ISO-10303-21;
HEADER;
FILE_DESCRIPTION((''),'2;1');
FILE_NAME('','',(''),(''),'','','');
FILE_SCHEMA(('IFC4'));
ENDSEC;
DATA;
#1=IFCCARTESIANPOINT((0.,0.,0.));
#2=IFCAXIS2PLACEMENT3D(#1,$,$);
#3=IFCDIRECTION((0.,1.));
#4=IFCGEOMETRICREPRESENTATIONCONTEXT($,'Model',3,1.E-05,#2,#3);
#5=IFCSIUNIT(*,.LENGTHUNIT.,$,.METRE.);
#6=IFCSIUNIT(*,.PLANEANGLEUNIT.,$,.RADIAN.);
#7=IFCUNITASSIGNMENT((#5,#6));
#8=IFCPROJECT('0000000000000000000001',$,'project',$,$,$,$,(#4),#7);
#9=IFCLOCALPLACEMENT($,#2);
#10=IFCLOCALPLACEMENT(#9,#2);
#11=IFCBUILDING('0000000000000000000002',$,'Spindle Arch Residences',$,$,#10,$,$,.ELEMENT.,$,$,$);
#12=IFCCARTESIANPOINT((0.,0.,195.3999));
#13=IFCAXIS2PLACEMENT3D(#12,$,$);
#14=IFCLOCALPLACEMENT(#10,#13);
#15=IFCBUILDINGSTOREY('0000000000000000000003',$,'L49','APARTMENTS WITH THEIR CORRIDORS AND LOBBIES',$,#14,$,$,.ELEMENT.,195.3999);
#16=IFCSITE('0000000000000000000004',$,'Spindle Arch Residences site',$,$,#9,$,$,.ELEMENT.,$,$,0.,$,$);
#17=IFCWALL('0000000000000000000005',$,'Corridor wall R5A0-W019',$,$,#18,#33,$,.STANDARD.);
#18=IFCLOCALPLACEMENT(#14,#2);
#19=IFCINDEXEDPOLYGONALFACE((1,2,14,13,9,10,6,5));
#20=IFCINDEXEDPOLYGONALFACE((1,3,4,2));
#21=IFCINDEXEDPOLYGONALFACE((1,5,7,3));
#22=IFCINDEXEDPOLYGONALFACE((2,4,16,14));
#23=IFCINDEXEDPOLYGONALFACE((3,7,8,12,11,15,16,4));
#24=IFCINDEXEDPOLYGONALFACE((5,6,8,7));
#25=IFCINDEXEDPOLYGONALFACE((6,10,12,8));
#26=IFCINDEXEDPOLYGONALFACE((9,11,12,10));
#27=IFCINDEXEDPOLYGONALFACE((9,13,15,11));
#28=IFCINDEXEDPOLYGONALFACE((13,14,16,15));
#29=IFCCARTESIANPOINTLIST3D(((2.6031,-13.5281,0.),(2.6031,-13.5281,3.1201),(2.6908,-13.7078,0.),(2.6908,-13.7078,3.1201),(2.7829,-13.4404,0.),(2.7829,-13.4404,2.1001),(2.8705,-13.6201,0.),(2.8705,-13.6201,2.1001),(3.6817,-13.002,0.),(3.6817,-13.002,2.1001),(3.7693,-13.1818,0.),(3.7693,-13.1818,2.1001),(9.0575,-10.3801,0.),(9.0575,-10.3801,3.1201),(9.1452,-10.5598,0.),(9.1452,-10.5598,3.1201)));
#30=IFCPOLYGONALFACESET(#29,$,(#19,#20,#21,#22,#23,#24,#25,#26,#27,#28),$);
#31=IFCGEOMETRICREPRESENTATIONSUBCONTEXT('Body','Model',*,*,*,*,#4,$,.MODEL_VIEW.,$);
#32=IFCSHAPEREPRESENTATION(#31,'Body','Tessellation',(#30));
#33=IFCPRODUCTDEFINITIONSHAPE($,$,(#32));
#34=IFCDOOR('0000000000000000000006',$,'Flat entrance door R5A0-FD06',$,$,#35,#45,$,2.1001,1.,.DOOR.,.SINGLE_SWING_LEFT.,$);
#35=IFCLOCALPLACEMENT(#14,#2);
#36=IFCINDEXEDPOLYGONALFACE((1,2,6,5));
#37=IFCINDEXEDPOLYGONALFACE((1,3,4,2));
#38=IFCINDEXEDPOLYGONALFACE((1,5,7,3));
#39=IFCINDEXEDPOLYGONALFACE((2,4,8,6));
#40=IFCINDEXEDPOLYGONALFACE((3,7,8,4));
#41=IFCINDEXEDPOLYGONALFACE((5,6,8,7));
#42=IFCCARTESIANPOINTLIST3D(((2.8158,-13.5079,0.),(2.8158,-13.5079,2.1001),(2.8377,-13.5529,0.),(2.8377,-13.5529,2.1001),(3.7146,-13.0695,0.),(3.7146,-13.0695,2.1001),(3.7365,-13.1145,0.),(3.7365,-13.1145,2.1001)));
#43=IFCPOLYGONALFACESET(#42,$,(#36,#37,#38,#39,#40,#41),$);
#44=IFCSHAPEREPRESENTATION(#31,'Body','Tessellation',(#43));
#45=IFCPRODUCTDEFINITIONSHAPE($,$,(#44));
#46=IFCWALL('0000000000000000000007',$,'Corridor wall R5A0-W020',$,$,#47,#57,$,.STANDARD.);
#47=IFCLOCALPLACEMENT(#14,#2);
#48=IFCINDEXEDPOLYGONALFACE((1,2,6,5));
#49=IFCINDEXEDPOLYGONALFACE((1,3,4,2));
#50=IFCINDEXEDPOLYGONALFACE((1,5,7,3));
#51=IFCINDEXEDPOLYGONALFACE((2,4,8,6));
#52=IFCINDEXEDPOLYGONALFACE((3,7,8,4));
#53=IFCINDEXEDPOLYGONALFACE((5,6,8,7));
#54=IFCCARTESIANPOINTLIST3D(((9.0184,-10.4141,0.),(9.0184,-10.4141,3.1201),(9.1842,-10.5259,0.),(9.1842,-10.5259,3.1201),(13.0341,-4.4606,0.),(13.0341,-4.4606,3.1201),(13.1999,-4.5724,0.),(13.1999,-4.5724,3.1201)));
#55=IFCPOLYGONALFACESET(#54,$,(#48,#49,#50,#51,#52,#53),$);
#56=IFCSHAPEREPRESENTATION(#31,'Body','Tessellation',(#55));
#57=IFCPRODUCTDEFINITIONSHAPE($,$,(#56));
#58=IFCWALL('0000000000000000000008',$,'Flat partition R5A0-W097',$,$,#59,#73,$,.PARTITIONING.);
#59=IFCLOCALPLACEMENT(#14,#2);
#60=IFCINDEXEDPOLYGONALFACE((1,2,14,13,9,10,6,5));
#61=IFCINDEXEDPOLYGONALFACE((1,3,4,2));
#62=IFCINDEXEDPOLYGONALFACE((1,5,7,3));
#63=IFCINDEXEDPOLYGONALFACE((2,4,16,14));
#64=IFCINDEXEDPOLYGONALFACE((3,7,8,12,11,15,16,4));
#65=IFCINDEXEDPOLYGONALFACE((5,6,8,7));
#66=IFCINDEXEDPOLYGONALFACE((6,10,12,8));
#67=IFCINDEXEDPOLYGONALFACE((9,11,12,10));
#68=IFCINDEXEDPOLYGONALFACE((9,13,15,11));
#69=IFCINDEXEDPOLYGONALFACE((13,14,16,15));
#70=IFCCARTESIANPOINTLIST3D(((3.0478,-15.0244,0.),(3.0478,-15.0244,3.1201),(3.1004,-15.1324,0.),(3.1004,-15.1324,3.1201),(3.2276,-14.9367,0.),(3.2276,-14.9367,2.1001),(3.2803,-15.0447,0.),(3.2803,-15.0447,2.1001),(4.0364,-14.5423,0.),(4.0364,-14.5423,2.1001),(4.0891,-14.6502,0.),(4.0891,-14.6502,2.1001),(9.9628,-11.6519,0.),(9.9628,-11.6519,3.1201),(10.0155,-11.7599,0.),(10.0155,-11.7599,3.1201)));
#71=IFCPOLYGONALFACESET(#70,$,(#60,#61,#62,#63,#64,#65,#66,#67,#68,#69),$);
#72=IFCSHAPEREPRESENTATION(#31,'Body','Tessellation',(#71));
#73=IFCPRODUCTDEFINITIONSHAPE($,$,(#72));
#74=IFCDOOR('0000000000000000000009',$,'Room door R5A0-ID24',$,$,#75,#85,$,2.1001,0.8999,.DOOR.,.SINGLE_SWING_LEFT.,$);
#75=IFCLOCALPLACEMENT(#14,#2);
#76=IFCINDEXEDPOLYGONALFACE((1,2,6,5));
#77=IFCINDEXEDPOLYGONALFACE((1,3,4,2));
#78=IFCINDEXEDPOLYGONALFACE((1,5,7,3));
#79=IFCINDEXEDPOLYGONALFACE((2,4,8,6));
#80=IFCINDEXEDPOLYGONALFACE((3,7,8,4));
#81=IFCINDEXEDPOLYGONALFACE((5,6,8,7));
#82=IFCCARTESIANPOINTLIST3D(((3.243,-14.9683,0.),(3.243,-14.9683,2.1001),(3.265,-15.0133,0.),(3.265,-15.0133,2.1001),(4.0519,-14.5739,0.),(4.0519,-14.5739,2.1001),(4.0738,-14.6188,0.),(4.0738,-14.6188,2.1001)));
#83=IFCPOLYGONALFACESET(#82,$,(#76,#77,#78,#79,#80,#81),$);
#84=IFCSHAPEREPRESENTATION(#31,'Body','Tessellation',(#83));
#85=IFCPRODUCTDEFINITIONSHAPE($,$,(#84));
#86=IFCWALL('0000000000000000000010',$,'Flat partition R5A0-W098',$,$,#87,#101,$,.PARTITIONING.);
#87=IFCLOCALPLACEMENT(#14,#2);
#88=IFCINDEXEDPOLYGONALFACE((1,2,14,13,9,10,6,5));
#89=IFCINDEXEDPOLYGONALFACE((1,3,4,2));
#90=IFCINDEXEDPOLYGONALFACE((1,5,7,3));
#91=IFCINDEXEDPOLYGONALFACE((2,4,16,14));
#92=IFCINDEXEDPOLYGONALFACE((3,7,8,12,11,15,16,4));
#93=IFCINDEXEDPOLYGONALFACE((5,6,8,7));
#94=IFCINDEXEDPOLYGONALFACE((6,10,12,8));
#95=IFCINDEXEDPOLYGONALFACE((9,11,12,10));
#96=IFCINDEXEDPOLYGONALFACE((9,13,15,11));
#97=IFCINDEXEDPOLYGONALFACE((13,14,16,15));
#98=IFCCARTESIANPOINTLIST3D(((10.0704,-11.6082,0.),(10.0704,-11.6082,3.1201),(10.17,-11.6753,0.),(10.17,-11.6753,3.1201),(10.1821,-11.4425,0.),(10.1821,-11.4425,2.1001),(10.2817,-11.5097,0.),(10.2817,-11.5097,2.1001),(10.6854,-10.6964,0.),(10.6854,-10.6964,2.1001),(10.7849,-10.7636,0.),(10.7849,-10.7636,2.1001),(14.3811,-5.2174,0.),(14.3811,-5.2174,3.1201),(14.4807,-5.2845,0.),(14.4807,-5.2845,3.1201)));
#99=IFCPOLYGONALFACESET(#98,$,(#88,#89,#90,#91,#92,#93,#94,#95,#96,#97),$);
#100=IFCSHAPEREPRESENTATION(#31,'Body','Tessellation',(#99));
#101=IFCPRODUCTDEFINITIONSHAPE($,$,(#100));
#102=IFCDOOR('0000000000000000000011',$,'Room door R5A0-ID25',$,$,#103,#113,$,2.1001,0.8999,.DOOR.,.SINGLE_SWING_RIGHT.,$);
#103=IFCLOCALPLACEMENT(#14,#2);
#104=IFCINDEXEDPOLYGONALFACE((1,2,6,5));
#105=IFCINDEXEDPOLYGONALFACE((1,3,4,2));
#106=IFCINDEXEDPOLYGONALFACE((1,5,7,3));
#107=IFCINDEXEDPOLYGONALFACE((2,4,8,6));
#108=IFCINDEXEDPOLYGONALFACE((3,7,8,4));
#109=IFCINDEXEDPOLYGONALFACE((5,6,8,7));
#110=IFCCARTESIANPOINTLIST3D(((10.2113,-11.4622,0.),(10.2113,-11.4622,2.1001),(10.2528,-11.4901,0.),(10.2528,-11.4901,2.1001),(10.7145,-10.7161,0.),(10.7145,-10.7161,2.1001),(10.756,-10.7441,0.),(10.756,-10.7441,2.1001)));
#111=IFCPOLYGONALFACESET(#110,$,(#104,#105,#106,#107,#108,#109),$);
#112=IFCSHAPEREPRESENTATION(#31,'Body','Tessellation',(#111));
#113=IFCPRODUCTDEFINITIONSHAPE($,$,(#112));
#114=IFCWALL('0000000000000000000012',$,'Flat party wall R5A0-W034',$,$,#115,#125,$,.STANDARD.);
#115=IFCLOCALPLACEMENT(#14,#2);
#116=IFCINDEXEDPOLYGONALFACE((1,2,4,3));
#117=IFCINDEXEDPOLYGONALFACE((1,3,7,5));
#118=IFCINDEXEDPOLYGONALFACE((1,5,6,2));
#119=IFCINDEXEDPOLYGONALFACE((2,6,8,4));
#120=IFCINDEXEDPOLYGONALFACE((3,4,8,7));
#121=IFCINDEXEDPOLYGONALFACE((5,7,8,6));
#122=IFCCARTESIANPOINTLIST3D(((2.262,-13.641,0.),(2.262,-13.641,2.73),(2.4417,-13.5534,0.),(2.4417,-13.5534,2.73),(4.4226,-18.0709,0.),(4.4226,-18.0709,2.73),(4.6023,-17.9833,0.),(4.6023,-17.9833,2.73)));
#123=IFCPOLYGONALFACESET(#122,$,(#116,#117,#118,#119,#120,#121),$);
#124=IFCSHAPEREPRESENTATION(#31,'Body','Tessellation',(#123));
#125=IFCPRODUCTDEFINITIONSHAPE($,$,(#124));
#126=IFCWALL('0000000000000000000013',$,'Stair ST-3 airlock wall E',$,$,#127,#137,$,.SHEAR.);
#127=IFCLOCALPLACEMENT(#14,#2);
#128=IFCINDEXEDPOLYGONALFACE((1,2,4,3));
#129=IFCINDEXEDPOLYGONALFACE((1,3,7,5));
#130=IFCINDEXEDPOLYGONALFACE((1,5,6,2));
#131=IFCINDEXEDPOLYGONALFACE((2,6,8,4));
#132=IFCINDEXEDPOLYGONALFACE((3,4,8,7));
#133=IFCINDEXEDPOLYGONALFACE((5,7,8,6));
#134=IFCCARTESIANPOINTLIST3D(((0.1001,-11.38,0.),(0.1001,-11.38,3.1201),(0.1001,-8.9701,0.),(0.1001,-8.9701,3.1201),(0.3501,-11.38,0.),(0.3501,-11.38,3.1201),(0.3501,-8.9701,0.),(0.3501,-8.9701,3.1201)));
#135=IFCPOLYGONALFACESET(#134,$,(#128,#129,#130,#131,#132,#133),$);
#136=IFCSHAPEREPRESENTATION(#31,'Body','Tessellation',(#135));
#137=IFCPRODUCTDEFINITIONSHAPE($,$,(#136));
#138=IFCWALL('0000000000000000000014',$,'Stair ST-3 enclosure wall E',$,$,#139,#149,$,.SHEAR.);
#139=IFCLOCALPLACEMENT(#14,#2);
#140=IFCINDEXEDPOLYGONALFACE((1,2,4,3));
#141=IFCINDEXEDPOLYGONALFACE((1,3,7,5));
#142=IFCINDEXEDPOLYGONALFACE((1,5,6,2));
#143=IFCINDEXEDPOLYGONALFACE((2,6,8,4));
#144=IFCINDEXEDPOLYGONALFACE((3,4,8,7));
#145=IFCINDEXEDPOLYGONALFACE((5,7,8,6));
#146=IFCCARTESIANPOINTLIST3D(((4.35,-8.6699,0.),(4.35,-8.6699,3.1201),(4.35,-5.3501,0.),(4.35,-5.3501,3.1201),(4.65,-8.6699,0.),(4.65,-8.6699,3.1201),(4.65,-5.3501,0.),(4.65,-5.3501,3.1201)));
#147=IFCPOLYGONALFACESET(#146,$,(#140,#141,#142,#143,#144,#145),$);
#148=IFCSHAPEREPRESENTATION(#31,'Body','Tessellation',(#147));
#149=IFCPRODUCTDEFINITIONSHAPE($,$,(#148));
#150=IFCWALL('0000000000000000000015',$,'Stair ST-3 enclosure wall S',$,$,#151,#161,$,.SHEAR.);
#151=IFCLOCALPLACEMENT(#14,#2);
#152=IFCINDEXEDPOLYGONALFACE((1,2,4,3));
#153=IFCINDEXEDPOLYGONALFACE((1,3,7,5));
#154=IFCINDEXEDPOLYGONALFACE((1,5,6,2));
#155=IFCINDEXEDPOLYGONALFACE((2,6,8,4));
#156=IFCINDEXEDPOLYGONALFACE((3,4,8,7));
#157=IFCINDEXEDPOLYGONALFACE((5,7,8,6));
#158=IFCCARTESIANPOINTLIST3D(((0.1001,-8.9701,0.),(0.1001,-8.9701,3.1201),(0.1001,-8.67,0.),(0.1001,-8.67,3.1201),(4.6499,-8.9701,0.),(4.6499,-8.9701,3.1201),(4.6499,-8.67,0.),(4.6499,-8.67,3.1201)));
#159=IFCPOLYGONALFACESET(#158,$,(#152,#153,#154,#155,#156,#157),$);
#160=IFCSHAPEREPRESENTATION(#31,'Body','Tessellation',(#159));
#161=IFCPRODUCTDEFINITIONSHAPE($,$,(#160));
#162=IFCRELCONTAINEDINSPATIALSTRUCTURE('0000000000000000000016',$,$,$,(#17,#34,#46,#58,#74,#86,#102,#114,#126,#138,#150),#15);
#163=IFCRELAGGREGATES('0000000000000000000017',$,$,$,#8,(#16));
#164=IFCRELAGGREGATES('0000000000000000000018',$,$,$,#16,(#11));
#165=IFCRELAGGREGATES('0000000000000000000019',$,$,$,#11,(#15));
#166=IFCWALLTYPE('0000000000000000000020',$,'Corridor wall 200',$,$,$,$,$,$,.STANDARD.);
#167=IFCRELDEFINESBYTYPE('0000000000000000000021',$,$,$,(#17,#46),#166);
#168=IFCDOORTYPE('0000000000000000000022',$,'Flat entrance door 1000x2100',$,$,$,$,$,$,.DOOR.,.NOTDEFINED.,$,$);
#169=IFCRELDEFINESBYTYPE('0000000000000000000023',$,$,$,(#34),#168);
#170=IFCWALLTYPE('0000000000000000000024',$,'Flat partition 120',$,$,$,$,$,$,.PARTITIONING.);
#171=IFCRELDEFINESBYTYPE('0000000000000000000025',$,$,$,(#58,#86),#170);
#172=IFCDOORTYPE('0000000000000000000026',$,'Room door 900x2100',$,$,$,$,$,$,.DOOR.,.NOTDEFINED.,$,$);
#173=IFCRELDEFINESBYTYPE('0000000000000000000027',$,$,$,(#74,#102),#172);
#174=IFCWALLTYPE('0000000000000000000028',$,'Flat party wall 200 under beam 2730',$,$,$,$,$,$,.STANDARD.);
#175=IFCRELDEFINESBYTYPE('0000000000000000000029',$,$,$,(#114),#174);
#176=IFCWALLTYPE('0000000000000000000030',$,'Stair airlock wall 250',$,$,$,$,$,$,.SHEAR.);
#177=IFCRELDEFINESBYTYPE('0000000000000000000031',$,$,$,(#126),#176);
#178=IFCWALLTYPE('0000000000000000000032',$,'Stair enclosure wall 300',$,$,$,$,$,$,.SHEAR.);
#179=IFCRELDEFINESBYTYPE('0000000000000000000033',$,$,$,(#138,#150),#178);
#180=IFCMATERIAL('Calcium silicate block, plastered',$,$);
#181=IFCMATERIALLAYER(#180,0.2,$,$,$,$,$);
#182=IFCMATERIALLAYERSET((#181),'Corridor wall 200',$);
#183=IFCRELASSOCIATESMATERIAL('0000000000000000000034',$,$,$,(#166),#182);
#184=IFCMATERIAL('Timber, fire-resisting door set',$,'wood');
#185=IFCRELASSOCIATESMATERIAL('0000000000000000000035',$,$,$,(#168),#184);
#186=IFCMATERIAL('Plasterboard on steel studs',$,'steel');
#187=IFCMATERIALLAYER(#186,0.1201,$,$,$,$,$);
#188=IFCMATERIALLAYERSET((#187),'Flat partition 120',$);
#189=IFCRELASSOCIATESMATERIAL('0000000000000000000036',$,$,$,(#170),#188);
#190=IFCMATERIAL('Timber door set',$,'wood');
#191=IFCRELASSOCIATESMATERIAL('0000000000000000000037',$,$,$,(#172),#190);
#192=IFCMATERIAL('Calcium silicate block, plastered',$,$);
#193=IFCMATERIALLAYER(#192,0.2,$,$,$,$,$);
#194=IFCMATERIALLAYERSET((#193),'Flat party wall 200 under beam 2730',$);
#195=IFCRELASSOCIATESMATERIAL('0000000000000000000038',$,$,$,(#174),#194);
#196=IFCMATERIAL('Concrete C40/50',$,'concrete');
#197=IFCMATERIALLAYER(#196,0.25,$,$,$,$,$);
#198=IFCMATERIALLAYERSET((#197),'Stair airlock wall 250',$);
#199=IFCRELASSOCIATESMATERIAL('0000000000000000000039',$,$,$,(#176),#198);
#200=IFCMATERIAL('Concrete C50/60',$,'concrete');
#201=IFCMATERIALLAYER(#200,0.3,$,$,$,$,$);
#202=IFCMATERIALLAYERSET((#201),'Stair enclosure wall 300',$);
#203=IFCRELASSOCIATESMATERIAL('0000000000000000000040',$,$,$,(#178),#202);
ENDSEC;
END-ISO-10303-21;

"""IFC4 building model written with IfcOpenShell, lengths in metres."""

from ifc_helpers import new_model, si_unit, direction, frame, frame_2d, origin, place, context, subcontext, project, spatial, rectangle, extrude, material, layer, layer_set, type_object, element, fill, save


model = new_model("IFC4")

# Units and contexts
model_context = context("Model", 3, precision=1e-05, world=origin(), true_north=direction((0.0, 1.0)))
body_context = subcontext(model_context, "Body", "Model", "MODEL_VIEW")
ifc_project = project(units=[si_unit("LENGTHUNIT", "METRE"), si_unit("PLANEANGLEUNIT", "RADIAN")], contexts=[model_context])

# Site, building, storey
site_placement = place(None, origin())
site = spatial("IfcSite", under=ifc_project, at=site_placement, Name="Spindle Arch Residences site", CompositionType="ELEMENT", RefElevation=0.0)
building_placement = place(site_placement, origin())
building = spatial("IfcBuilding", under=site, at=building_placement, Name="Spindle Arch Residences", CompositionType="ELEMENT")
storey_placement = place(building_placement, frame((0.0, 0.0, 195.3999)))
storey = spatial("IfcBuildingStorey", under=building, at=storey_placement, Name="L49", Description="APARTMENTS WITH THEIR CORRIDORS AND LOBBIES", CompositionType="ELEMENT", Elevation=195.3999)

# Wall, opening, door
ifc_material_1 = material(Name="Calcium silicate block, plastered")
ifc_layer_1 = layer(ifc_material_1, 0.2)
ifc_layer_set_1 = layer_set([ifc_layer_1], Name="Corridor wall 200")
wall_type_1 = type_object("IfcWallType", Name="Corridor wall 200", PredefinedType="STANDARD", material=ifc_layer_set_1)
wall_1_placement = place(storey_placement, frame((2.647, -13.6179, 0.0), z_axis=(0.0, 0.0, 1.0), x_axis=(0.898797, 0.438366, 0.0)))
wall_1 = element("IfcWall", 1, at=wall_1_placement, inside=storey, type_object=wall_type_1, Name="Corridor wall R5A0-W019", PredefinedType="STANDARD", context=body_context, shape_type="SweptSolid", body=[
    extrude(rectangle(XDim=7.1812, YDim=0.2, at=frame_2d((3.5906, 0.0))), origin(), (0.0, 0.0, 1.0), 3.1201),
])
opening_1_placement = place(wall_1_placement, frame((0.2, 0.0, 0.0)))
opening_1 = element("IfcOpeningElement", 2, at=opening_1_placement, cuts=wall_1, PredefinedType="OPENING", context=body_context, shape_type="SweptSolid", body=[
    extrude(rectangle(XDim=1.0, YDim=2.1001, at=frame_2d((0.5, 1.05))), frame((0.0, 0.1099, 0.0), z_axis=(0.0, -1.0, 0.0), x_axis=(1.0, 0.0, 0.0)), (0.0, 0.0, 1.0), 0.22),
])
ifc_material_2 = material(Name="Timber, fire-resisting door set", Category="wood")
door_type_1 = type_object("IfcDoorType", Name="Flat entrance door 1000x2100", OperationType="NOTDEFINED", PredefinedType="DOOR", material=ifc_material_2)
door_1_placement = place(opening_1_placement, origin())
door_1 = element("IfcDoor", 3, at=door_1_placement, inside=storey, type_object=door_type_1, Name="Flat entrance door R5A0-FD06", OperationType="SINGLE_SWING_LEFT", OverallHeight=2.1001, OverallWidth=1.0, PredefinedType="DOOR", context=body_context, shape_type="SweptSolid", body=[
    extrude(rectangle(XDim=1.0, YDim=2.1001, at=frame_2d((0.5, 1.05))), frame((0.0, 0.0249, 0.0), z_axis=(0.0, -1.0, 0.0), x_axis=(1.0, 0.0, 0.0)), (0.0, 0.0, 1.0), 0.05),
])
fill(opening_1, door_1)

# Wall
wall_2_placement = place(storey_placement, frame((9.1013, -10.47, 0.0), z_axis=(0.0, 0.0, 1.0), x_axis=(0.559195, 0.829036, 0.0)))
element("IfcWall", 4, at=wall_2_placement, inside=storey, type_object=wall_type_1, Name="Corridor wall R5A0-W020", PredefinedType="STANDARD", context=body_context, shape_type="SweptSolid", body=[
    extrude(rectangle(XDim=7.1812, YDim=0.2, at=frame_2d((3.5906, 0.0))), origin(), (0.0, 0.0, 1.0), 3.1201),
])

# Walls, openings, doors
ifc_material_3 = material(Name="Plasterboard on steel studs", Category="steel")
ifc_layer_2 = layer(ifc_material_3, 0.1201)
ifc_layer_set_2 = layer_set([ifc_layer_2], Name="Flat partition 120")
wall_type_2 = type_object("IfcWallType", Name="Flat partition 120", PredefinedType="PARTITIONING", material=ifc_layer_set_2)
wall_3_placement = place(storey_placement, frame((3.0742, -15.0784, 0.0), z_axis=(0.0, 0.0, 1.0), x_axis=(0.898801, 0.438357, 0.0)))
wall_3 = element("IfcWall", 5, at=wall_3_placement, inside=storey, type_object=wall_type_2, Name="Flat partition R5A0-W097", PredefinedType="PARTITIONING", context=body_context, shape_type="SweptSolid", body=[
    extrude(rectangle(XDim=7.6936, YDim=0.1201, at=frame_2d((3.8467, 0.0))), origin(), (0.0, 0.0, 1.0), 3.1201),
])
opening_2_placement = place(wall_3_placement, frame((0.2, 0.0, 0.0)))
opening_2 = element("IfcOpeningElement", 6, at=opening_2_placement, cuts=wall_3, PredefinedType="OPENING", context=body_context, shape_type="SweptSolid", body=[
    extrude(rectangle(XDim=0.8999, YDim=2.1001, at=frame_2d((0.45, 1.05))), frame((0.0, 0.0701, 0.0), z_axis=(0.0, -1.0, 0.0), x_axis=(1.0, 0.0, 0.0)), (0.0, 0.0, 1.0), 0.1401),
])
ifc_material_4 = material(Name="Timber door set", Category="wood")
door_type_2 = type_object("IfcDoorType", Name="Room door 900x2100", OperationType="NOTDEFINED", PredefinedType="DOOR", material=ifc_material_4)
door_2_placement = place(opening_2_placement, origin())
door_2 = element("IfcDoor", 7, at=door_2_placement, inside=storey, type_object=door_type_2, Name="Room door R5A0-ID24", OperationType="SINGLE_SWING_LEFT", OverallHeight=2.1001, OverallWidth=0.8999, PredefinedType="DOOR", context=body_context, shape_type="SweptSolid", body=[
    extrude(rectangle(XDim=0.8999, YDim=2.1001, at=frame_2d((0.45, 1.05))), frame((0.0, 0.0249, 0.0), z_axis=(0.0, -1.0, 0.0), x_axis=(1.0, 0.0, 0.0)), (0.0, 0.0, 1.0), 0.05),
])
fill(opening_2, door_2)
wall_4_placement = place(storey_placement, frame((10.1201, -11.6418, 0.0), z_axis=(0.0, 0.0, 1.0), x_axis=(0.559201, 0.829032, 0.0)))
wall_4 = element("IfcWall", 8, at=wall_4_placement, inside=storey, type_object=wall_type_2, Name="Flat partition R5A0-W098", PredefinedType="PARTITIONING", context=body_context, shape_type="SweptSolid", body=[
    extrude(rectangle(XDim=7.7087, YDim=0.1201, at=frame_2d((3.8545, 0.0))), origin(), (0.0, 0.0, 1.0), 3.1201),
])
opening_3_placement = place(wall_4_placement, frame((0.2, 0.0, 0.0)))
opening_3 = element("IfcOpeningElement", 9, at=opening_3_placement, cuts=wall_4, PredefinedType="OPENING", context=body_context, shape_type="SweptSolid", body=[
    extrude(rectangle(XDim=0.8999, YDim=2.1001, at=frame_2d((0.45, 1.05))), frame((0.0, 0.0701, 0.0), z_axis=(0.0, -1.0, 0.0), x_axis=(1.0, 0.0, 0.0)), (0.0, 0.0, 1.0), 0.1401),
])
door_3_placement = place(opening_3_placement, origin())
door_3 = element("IfcDoor", 10, at=door_3_placement, inside=storey, type_object=door_type_2, Name="Room door R5A0-ID25", OperationType="SINGLE_SWING_RIGHT", OverallHeight=2.1001, OverallWidth=0.8999, PredefinedType="DOOR", context=body_context, shape_type="SweptSolid", body=[
    extrude(rectangle(XDim=0.8999, YDim=2.1001, at=frame_2d((0.45, 1.05))), frame((0.0, 0.0249, 0.0), z_axis=(0.0, -1.0, 0.0), x_axis=(1.0, 0.0, 0.0)), (0.0, 0.0, 1.0), 0.05),
])
fill(opening_3, door_3)

# Wall
ifc_material_5 = material(Name="Calcium silicate block, plastered")
ifc_layer_3 = layer(ifc_material_5, 0.2)
ifc_layer_set_3 = layer_set([ifc_layer_3], Name="Flat party wall 200 under beam 2730")
wall_type_3 = type_object("IfcWallType", Name="Flat party wall 200 under beam 2730", PredefinedType="STANDARD", material=ifc_layer_set_3)
wall_5_placement = place(storey_placement, frame((4.5125, -18.0271, 0.0), z_axis=(0.0, 0.0, 1.0), x_axis=(-0.438375, 0.898792, 0.0)))
element("IfcWall", 11, at=wall_5_placement, inside=storey, type_object=wall_type_3, Name="Flat party wall R5A0-W034", PredefinedType="STANDARD", context=body_context, shape_type="SweptSolid", body=[
    extrude(rectangle(XDim=4.9287, YDim=0.2, at=frame_2d((2.4644, 0.0))), origin(), (0.0, 0.0, 1.0), 2.73),
])

# Walls
ifc_material_6 = material(Name="Concrete C40/50", Category="concrete")
ifc_layer_4 = layer(ifc_material_6, 0.25)
ifc_layer_set_4 = layer_set([ifc_layer_4], Name="Stair airlock wall 250")
wall_type_4 = type_object("IfcWallType", Name="Stair airlock wall 250", PredefinedType="SHEAR", material=ifc_layer_set_4)
wall_6_placement = place(storey_placement, frame((0.2251, -8.97, 0.0), z_axis=(0.0, 0.0, 1.0), x_axis=(0.0, -1.0, 0.0)))
element("IfcWall", 12, at=wall_6_placement, inside=storey, type_object=wall_type_4, Name="Stair ST-3 airlock wall E", PredefinedType="SHEAR", context=body_context, shape_type="SweptSolid", body=[
    extrude(rectangle(XDim=2.4099, YDim=0.25, at=frame_2d((1.2051, 0.0))), origin(), (0.0, 0.0, 1.0), 3.1201),
])
ifc_material_7 = material(Name="Concrete C50/60", Category="concrete")
ifc_layer_5 = layer(ifc_material_7, 0.3)
ifc_layer_set_5 = layer_set([ifc_layer_5], Name="Stair enclosure wall 300")
wall_type_5 = type_object("IfcWallType", Name="Stair enclosure wall 300", PredefinedType="SHEAR", material=ifc_layer_set_5)
wall_7_placement = place(storey_placement, frame((4.5, -8.6699, 0.0), z_axis=(0.0, 0.0, 1.0), x_axis=(0.0, 1.0, 0.0)))
element("IfcWall", 13, at=wall_7_placement, inside=storey, type_object=wall_type_5, Name="Stair ST-3 enclosure wall E", PredefinedType="SHEAR", context=body_context, shape_type="SweptSolid", body=[
    extrude(rectangle(XDim=3.3198, YDim=0.3, at=frame_2d((1.6599, 0.0))), origin(), (0.0, 0.0, 1.0), 3.1201),
])
wall_8_placement = place(storey_placement, frame((0.1001, -8.8201, 0.0), z_axis=(0.0, 0.0, 1.0), x_axis=(1.0, 0.0, 0.0)))
element("IfcWall", 14, at=wall_8_placement, inside=storey, type_object=wall_type_5, Name="Stair ST-3 enclosure wall S", PredefinedType="SHEAR", context=body_context, shape_type="SweptSolid", body=[
    extrude(rectangle(XDim=4.5498, YDim=0.3, at=frame_2d((2.2749, 0.0))), origin(), (0.0, 0.0, 1.0), 3.1201),
])

save(model, "model.ifc")
